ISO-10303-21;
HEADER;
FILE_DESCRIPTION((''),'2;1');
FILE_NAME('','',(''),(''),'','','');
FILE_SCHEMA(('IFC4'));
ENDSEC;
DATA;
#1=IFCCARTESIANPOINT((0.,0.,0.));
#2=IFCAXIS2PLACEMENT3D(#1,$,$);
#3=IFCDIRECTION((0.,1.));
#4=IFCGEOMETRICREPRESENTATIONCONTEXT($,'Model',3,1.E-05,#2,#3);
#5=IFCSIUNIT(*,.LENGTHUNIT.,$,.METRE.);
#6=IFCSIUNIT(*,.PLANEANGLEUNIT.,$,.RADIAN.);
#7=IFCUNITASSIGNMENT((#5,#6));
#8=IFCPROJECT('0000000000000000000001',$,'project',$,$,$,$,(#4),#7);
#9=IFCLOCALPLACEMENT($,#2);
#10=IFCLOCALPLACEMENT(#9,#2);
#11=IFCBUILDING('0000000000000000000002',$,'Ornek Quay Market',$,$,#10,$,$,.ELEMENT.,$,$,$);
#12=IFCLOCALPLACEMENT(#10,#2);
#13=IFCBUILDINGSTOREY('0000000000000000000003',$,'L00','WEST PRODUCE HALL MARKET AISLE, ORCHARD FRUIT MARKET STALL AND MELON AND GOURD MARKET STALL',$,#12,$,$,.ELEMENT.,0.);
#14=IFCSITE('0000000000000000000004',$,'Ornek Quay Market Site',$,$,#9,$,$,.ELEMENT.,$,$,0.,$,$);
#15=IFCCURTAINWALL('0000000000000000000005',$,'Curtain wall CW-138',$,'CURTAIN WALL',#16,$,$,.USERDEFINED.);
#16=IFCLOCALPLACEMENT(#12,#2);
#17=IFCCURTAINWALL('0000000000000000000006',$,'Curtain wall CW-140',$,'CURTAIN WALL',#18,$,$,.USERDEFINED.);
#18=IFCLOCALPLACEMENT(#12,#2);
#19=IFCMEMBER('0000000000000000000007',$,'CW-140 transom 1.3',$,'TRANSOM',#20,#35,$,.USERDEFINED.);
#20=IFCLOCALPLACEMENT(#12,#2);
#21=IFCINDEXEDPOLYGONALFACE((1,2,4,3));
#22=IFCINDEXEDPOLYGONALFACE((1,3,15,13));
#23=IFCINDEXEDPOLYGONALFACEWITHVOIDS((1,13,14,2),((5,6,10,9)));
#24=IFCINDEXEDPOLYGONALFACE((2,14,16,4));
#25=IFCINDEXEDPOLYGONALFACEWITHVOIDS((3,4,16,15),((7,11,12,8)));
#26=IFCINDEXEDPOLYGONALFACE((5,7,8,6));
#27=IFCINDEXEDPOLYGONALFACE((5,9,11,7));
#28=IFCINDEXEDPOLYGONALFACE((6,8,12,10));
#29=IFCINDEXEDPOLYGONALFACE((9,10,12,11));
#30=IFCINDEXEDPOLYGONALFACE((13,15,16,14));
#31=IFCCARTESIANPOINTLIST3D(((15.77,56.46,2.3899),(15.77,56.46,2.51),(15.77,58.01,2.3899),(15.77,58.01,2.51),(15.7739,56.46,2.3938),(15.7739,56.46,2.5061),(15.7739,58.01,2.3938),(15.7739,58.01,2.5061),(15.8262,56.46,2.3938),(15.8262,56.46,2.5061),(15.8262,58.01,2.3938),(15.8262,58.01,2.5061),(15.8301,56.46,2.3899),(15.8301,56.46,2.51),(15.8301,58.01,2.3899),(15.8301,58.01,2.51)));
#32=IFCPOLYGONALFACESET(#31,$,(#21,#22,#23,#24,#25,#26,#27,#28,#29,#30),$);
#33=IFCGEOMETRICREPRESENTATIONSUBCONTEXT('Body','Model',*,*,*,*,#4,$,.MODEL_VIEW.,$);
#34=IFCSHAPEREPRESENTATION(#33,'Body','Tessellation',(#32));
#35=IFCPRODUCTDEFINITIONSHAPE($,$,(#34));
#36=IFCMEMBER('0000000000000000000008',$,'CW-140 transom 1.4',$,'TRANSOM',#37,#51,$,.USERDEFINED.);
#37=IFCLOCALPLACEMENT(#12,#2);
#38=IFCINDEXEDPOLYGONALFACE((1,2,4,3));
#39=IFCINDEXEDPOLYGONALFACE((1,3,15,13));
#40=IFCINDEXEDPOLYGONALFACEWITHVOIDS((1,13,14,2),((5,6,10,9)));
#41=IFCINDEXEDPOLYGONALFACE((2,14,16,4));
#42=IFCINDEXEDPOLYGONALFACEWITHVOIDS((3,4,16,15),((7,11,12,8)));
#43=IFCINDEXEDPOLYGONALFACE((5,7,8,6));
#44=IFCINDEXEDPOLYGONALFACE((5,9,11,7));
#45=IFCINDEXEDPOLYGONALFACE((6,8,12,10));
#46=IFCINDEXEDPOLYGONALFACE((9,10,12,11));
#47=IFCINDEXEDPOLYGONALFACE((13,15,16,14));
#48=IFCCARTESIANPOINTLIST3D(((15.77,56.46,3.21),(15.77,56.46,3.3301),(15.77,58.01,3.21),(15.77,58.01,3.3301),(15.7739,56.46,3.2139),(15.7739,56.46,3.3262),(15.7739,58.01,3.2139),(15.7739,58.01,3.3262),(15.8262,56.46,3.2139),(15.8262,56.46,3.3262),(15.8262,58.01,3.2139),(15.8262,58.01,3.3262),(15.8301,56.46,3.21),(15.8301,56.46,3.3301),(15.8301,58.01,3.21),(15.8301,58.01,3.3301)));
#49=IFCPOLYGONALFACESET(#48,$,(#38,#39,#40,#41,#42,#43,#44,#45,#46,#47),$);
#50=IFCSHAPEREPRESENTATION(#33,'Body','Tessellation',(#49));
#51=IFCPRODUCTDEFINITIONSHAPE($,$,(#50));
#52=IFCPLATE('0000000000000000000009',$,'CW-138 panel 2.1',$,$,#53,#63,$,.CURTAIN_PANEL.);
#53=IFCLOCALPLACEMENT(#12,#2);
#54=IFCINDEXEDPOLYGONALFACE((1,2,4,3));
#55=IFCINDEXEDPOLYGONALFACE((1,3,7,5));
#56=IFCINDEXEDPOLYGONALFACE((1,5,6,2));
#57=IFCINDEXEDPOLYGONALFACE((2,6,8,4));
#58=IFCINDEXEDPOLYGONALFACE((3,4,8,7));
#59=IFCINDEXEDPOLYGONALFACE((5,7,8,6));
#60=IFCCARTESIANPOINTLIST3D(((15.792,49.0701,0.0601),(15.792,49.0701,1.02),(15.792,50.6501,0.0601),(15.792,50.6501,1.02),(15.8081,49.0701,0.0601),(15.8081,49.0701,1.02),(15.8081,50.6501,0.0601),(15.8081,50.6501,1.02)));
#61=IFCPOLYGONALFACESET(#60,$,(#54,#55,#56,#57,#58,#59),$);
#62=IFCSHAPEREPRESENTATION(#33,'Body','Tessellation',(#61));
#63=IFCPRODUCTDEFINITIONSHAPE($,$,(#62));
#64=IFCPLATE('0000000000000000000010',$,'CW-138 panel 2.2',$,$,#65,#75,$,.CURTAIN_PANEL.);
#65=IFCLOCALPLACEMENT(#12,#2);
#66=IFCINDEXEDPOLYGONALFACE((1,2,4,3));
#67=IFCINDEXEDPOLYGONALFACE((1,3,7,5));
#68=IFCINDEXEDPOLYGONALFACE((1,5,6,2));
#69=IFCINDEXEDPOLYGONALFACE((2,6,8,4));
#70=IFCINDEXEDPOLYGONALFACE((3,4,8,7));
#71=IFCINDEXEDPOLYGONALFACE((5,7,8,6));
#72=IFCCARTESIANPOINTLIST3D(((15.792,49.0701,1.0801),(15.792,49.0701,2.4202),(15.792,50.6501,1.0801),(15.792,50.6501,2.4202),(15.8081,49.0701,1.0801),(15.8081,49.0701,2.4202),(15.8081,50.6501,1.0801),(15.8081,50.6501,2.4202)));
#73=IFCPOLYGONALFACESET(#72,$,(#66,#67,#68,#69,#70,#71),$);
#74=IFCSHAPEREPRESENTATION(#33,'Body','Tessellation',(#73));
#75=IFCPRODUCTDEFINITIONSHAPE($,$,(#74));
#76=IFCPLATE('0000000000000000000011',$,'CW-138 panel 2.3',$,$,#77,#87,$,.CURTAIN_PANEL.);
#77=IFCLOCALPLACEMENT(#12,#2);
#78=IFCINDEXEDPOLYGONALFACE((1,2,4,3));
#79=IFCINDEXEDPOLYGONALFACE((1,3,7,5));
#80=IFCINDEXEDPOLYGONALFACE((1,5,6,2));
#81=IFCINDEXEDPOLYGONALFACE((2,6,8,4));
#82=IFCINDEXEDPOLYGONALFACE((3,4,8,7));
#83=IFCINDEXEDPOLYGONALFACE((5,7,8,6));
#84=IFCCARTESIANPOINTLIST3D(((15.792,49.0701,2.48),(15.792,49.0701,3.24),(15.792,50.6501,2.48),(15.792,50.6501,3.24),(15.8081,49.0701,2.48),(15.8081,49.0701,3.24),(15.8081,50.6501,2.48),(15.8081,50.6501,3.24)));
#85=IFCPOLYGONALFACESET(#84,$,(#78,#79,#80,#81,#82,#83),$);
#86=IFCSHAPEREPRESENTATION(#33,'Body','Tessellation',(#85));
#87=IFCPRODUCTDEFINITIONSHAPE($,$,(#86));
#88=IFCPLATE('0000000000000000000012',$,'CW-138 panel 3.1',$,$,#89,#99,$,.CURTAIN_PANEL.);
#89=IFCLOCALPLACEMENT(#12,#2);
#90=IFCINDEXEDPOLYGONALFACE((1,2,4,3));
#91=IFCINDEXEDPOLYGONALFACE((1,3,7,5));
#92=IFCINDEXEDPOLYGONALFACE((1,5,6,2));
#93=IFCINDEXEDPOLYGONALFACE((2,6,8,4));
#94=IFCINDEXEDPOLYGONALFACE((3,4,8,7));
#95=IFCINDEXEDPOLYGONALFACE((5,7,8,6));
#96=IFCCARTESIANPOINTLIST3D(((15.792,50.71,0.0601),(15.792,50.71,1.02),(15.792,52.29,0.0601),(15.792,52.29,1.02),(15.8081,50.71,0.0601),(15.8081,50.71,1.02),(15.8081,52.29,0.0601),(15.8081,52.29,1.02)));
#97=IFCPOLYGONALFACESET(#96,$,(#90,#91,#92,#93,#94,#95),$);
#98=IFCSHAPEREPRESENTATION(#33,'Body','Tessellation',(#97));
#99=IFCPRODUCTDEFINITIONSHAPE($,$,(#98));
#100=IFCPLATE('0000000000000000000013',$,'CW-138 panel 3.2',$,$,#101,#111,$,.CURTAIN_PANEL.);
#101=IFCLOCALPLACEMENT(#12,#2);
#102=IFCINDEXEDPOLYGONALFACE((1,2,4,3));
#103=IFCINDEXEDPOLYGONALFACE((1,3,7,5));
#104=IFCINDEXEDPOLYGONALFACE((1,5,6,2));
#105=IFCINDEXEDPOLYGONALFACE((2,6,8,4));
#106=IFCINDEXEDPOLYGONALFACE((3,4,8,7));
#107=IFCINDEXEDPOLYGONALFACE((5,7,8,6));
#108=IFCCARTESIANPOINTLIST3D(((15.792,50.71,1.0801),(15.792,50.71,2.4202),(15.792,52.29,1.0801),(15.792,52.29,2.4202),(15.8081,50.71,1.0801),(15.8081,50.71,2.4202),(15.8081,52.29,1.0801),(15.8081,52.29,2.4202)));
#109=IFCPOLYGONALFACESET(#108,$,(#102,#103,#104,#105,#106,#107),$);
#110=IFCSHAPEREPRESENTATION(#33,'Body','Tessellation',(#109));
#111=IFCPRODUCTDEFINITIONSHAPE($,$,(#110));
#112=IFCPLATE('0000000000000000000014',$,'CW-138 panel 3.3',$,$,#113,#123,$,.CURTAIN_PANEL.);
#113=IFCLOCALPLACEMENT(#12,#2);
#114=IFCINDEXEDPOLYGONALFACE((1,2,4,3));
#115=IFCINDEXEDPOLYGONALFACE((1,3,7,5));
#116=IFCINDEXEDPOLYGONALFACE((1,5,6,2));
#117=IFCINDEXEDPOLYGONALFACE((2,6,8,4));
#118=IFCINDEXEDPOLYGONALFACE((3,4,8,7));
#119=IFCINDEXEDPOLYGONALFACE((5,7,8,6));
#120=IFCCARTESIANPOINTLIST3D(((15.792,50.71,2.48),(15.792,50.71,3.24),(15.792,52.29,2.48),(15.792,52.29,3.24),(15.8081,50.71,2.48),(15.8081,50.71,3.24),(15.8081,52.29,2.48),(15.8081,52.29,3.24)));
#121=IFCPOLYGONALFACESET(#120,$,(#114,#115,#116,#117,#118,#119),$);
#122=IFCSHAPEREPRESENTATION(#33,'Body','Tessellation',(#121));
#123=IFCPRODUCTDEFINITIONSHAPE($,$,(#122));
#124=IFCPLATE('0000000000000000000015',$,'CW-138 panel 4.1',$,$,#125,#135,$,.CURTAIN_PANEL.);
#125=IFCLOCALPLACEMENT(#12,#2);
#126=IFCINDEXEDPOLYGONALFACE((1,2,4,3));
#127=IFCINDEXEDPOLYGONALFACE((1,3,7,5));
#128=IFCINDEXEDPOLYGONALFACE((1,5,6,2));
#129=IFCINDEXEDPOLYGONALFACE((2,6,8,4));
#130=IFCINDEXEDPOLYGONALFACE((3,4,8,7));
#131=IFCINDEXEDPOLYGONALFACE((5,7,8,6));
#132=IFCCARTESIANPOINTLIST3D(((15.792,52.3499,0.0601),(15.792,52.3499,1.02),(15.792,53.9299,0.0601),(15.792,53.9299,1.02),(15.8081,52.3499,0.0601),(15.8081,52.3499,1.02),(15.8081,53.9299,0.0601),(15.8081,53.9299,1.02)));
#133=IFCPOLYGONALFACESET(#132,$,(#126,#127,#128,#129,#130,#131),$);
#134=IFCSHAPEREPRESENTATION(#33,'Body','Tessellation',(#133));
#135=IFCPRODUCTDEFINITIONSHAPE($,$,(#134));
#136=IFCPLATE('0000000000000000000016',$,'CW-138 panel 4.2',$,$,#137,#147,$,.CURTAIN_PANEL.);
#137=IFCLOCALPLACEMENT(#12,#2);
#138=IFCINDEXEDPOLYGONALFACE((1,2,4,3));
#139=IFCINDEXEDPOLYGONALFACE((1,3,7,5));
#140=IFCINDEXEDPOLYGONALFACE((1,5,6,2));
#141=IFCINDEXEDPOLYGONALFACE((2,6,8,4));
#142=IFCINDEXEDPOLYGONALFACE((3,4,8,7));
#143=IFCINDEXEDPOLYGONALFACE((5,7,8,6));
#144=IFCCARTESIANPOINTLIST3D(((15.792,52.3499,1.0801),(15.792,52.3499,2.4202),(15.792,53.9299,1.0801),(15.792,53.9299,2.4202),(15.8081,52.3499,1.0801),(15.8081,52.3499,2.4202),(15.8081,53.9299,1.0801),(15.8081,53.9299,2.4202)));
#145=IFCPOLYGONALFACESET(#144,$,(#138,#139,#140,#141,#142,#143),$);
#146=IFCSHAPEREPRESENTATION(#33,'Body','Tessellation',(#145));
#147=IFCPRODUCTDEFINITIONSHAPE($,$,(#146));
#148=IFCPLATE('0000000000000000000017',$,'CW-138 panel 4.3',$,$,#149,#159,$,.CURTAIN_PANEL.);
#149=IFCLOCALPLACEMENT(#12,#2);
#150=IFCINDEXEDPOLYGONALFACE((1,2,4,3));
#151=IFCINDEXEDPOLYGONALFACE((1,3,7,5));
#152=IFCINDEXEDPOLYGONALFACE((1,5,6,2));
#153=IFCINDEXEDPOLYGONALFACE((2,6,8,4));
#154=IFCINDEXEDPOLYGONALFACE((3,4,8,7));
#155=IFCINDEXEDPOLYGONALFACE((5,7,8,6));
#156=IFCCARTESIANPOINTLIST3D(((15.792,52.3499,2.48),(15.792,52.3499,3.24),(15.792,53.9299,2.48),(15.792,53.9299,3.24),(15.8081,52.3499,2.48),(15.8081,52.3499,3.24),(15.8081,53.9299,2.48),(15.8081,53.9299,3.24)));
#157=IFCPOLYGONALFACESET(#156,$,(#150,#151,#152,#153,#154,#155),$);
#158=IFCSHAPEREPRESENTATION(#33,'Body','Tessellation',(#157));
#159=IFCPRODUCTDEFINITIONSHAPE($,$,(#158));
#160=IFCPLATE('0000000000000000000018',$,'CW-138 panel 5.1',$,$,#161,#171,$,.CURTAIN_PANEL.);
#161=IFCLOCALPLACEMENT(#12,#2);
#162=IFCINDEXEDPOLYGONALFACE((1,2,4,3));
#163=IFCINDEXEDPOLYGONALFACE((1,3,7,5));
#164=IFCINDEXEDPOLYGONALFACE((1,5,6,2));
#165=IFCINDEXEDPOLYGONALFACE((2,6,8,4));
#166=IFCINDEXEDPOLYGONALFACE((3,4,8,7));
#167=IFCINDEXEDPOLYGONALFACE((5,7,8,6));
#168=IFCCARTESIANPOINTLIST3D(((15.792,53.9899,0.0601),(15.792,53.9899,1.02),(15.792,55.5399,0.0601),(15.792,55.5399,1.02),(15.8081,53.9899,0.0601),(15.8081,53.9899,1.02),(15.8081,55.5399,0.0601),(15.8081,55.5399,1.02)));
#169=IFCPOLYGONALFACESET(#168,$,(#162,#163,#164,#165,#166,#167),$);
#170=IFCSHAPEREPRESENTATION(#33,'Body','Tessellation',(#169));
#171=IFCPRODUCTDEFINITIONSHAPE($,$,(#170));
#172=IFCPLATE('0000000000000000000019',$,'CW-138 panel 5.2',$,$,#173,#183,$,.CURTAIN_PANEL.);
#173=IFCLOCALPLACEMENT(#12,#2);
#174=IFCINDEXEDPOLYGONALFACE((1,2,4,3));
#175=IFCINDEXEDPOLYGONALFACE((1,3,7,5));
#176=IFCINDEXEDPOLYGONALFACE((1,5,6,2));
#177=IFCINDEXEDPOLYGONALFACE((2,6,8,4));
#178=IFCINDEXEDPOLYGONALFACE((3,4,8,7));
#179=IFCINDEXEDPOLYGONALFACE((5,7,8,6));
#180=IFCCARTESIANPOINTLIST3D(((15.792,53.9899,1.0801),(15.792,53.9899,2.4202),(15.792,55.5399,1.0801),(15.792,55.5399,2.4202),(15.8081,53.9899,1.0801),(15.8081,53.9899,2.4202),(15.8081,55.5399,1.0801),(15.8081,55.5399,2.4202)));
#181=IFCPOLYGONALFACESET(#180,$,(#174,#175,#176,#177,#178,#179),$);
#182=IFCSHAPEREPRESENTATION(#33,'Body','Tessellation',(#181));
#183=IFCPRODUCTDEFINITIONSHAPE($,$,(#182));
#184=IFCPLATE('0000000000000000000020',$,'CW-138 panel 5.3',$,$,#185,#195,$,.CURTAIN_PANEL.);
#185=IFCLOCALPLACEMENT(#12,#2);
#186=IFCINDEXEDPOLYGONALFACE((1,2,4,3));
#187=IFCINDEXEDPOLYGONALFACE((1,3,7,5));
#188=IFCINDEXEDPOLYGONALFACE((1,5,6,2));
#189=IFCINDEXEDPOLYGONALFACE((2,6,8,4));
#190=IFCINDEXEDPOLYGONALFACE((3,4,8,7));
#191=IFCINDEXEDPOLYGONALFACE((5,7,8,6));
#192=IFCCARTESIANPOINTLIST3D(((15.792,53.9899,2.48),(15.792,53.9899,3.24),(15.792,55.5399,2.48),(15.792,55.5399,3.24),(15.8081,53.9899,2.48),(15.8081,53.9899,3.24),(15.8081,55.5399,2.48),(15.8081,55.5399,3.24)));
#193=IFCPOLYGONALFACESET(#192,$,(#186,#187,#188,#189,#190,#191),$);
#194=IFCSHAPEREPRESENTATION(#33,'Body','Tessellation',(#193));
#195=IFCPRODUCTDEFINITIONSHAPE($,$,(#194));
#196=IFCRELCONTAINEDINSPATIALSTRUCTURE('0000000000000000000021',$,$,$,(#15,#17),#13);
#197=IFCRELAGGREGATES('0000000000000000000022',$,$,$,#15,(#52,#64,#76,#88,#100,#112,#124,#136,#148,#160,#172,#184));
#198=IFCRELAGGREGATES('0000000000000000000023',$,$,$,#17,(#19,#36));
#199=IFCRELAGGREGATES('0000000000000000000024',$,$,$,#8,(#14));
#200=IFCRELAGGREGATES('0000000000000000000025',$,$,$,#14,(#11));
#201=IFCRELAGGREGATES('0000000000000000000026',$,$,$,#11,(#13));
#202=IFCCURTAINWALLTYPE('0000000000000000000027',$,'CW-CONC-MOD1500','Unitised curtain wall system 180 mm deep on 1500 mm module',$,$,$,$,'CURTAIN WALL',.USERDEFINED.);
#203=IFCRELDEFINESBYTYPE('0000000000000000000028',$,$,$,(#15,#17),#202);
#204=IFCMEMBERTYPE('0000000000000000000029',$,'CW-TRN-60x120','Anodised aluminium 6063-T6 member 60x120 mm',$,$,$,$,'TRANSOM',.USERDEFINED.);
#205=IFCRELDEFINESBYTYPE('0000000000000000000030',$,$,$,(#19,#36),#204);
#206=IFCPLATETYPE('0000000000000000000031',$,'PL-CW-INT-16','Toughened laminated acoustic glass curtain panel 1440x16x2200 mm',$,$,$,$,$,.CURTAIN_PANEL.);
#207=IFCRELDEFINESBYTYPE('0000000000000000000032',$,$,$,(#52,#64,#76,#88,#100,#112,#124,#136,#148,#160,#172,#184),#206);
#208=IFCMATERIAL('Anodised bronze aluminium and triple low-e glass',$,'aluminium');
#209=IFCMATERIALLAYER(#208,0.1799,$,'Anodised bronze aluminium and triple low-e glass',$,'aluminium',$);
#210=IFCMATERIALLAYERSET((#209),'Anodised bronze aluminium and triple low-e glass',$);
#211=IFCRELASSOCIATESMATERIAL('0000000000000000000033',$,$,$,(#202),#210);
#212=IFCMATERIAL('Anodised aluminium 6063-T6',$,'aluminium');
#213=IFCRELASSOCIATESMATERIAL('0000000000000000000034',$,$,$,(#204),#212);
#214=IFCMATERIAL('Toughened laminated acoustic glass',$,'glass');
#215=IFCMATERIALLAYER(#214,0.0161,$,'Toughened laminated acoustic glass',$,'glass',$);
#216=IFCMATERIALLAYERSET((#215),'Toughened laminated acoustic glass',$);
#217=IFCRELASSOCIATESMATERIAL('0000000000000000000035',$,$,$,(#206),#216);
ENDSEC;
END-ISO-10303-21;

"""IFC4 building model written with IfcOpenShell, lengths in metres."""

from ifc_helpers import new_model, si_unit, direction, frame, origin, origin_2d, place, context, subcontext, project, spatial, rectangle, hollow_rectangle, extrude, material, layer, layer_set, material_profile, profile_set, type_object, element, aggregate, save


model = new_model("IFC4")

# Units and contexts
model_context = context("Model", 3, precision=1e-05, world=origin(), true_north=direction((0.0, 1.0)))
body_context = subcontext(model_context, "Body", "Model", "MODEL_VIEW")
ifc_project = project(units=[si_unit("LENGTHUNIT", "METRE"), si_unit("PLANEANGLEUNIT", "RADIAN")], contexts=[model_context])

# Site, building, storey
site_placement = place(None, origin())
site = spatial("IfcSite", under=ifc_project, at=site_placement, Name="Ornek Quay Market Site", CompositionType="ELEMENT", RefElevation=0.0)
building_placement = place(site_placement, origin())
building = spatial("IfcBuilding", under=site, at=building_placement, Name="Ornek Quay Market", CompositionType="ELEMENT")
storey_placement = place(building_placement, origin())
storey = spatial("IfcBuildingStorey", under=building, at=storey_placement, Name="L00", Description="WEST PRODUCE HALL MARKET AISLE, ORCHARD FRUIT MARKET STALL AND MELON AND GOURD MARKET STALL", CompositionType="ELEMENT", Elevation=0.0)

# Curtain walls
ifc_material_1 = material(Name="Anodised bronze aluminium and triple low-e glass", Category="aluminium")
ifc_layer_1 = layer(ifc_material_1, 0.1799, Name="Anodised bronze aluminium and triple low-e glass", Category="aluminium")
ifc_layer_set_1 = layer_set([ifc_layer_1], Name="Anodised bronze aluminium and triple low-e glass")
curtain_wall_type = type_object("IfcCurtainWallType", Name="CW-CONC-MOD1500", Description="Unitised curtain wall system 180 mm deep on 1500 mm module", ElementType="CURTAIN WALL", PredefinedType="USERDEFINED", material=ifc_layer_set_1)
curtain_wall_1_placement = place(storey_placement, origin())
curtain_wall_1 = element("IfcCurtainWall", 1, at=curtain_wall_1_placement, inside=storey, type_object=curtain_wall_type, Name="Curtain wall CW-138", ObjectType="CURTAIN WALL", PredefinedType="USERDEFINED")
ifc_material_2 = material(Name="Anodised aluminium 6063-T6", Category="aluminium")
curtain_wall_2_placement = place(storey_placement, origin())
curtain_wall_2 = element("IfcCurtainWall", 2, at=curtain_wall_2_placement, inside=storey, type_object=curtain_wall_type, Name="Curtain wall CW-140", ObjectType="CURTAIN WALL", PredefinedType="USERDEFINED")

# Members
ifc_material_profile_1 = material_profile(ifc_material_2, hollow_rectangle(XDim=0.0601, YDim=0.1201, WallThickness=0.0039, at=origin_2d()), Name="CW-TRN-60x120", Category="aluminium")
ifc_profile_set_1 = profile_set([ifc_material_profile_1], Name="Anodised aluminium 6063-T6")
member_type_1 = type_object("IfcMemberType", Name="CW-TRN-60x120", Description="Anodised aluminium 6063-T6 member 60x120 mm", ElementType="TRANSOM", PredefinedType="USERDEFINED", material=ifc_profile_set_1)
member_1_placement = place(storey_placement, frame((15.8, 56.46, 2.45), z_axis=(0.0, 1.0, 0.0), x_axis=(-1.0, 0.0, 0.0)))
member_1 = element("IfcMember", 3, at=member_1_placement, type_object=member_type_1, Name="CW-140 transom 1.3", ObjectType="TRANSOM", PredefinedType="USERDEFINED", context=body_context, shape_type="SweptSolid", body=[
    extrude(hollow_rectangle(XDim=0.0601, YDim=0.1201, WallThickness=0.0039, at=origin_2d()), origin(), (0.0, 0.0, 1.0), 1.55),
])
member_2_placement = place(storey_placement, frame((15.8, 56.46, 3.27), z_axis=(0.0, 1.0, 0.0), x_axis=(-1.0, 0.0, 0.0)))
member_2 = element("IfcMember", 4, at=member_2_placement, type_object=member_type_1, Name="CW-140 transom 1.4", ObjectType="TRANSOM", PredefinedType="USERDEFINED", context=body_context, shape_type="SweptSolid", body=[
    extrude(hollow_rectangle(XDim=0.0601, YDim=0.1201, WallThickness=0.0039, at=origin_2d()), origin(), (0.0, 0.0, 1.0), 1.55),
])

# Plates
ifc_material_3 = material(Name="Toughened laminated acoustic glass", Category="glass")
ifc_layer_2 = layer(ifc_material_3, 0.0161, Name="Toughened laminated acoustic glass", Category="glass")
ifc_layer_set_2 = layer_set([ifc_layer_2], Name="Toughened laminated acoustic glass")
plate_type = type_object("IfcPlateType", Name="PL-CW-INT-16", Description="Toughened laminated acoustic glass curtain panel 1440x16x2200 mm", PredefinedType="CURTAIN_PANEL", material=ifc_layer_set_2)
plate_1_placement = place(storey_placement, frame((15.8, 49.8601, 0.0601), z_axis=(0.0, 0.0, 1.0), x_axis=(0.0, 1.0, 0.0)))
plate_1 = element("IfcPlate", 5, at=plate_1_placement, type_object=plate_type, Name="CW-138 panel 2.1", PredefinedType="CURTAIN_PANEL", context=body_context, shape_type="SweptSolid", body=[
    extrude(rectangle(XDim=1.5801, YDim=0.0161, at=origin_2d()), origin(), (0.0, 0.0, 1.0), 0.96),
])
plate_2_placement = place(storey_placement, frame((15.8, 49.8601, 1.0801), z_axis=(0.0, 0.0, 1.0), x_axis=(0.0, 1.0, 0.0)))
plate_2 = element("IfcPlate", 6, at=plate_2_placement, type_object=plate_type, Name="CW-138 panel 2.2", PredefinedType="CURTAIN_PANEL", context=body_context, shape_type="SweptSolid", body=[
    extrude(rectangle(XDim=1.5801, YDim=0.0161, at=origin_2d()), origin(), (0.0, 0.0, 1.0), 1.3401),
])
plate_3_placement = place(storey_placement, frame((15.8, 49.8601, 2.48), z_axis=(0.0, 0.0, 1.0), x_axis=(0.0, 1.0, 0.0)))
plate_3 = element("IfcPlate", 7, at=plate_3_placement, type_object=plate_type, Name="CW-138 panel 2.3", PredefinedType="CURTAIN_PANEL", context=body_context, shape_type="SweptSolid", body=[
    extrude(rectangle(XDim=1.5801, YDim=0.0161, at=origin_2d()), origin(), (0.0, 0.0, 1.0), 0.76),
])
plate_4_placement = place(storey_placement, frame((15.8, 51.5, 0.0601), z_axis=(0.0, 0.0, 1.0), x_axis=(0.0, 1.0, 0.0)))
plate_4 = element("IfcPlate", 8, at=plate_4_placement, type_object=plate_type, Name="CW-138 panel 3.1", PredefinedType="CURTAIN_PANEL", context=body_context, shape_type="SweptSolid", body=[
    extrude(rectangle(XDim=1.5801, YDim=0.0161, at=origin_2d()), origin(), (0.0, 0.0, 1.0), 0.96),
])
plate_5_placement = place(storey_placement, frame((15.8, 51.5, 1.0801), z_axis=(0.0, 0.0, 1.0), x_axis=(0.0, 1.0, 0.0)))
plate_5 = element("IfcPlate", 9, at=plate_5_placement, type_object=plate_type, Name="CW-138 panel 3.2", PredefinedType="CURTAIN_PANEL", context=body_context, shape_type="SweptSolid", body=[
    extrude(rectangle(XDim=1.5801, YDim=0.0161, at=origin_2d()), origin(), (0.0, 0.0, 1.0), 1.3401),
])
plate_6_placement = place(storey_placement, frame((15.8, 51.5, 2.48), z_axis=(0.0, 0.0, 1.0), x_axis=(0.0, 1.0, 0.0)))
plate_6 = element("IfcPlate", 10, at=plate_6_placement, type_object=plate_type, Name="CW-138 panel 3.3", PredefinedType="CURTAIN_PANEL", context=body_context, shape_type="SweptSolid", body=[
    extrude(rectangle(XDim=1.5801, YDim=0.0161, at=origin_2d()), origin(), (0.0, 0.0, 1.0), 0.76),
])
plate_7_placement = place(storey_placement, frame((15.8, 53.1399, 0.0601), z_axis=(0.0, 0.0, 1.0), x_axis=(0.0, 1.0, 0.0)))
plate_7 = element("IfcPlate", 11, at=plate_7_placement, type_object=plate_type, Name="CW-138 panel 4.1", PredefinedType="CURTAIN_PANEL", context=body_context, shape_type="SweptSolid", body=[
    extrude(rectangle(XDim=1.5801, YDim=0.0161, at=origin_2d()), origin(), (0.0, 0.0, 1.0), 0.96),
])
plate_8_placement = place(storey_placement, frame((15.8, 53.1399, 1.0801), z_axis=(0.0, 0.0, 1.0), x_axis=(0.0, 1.0, 0.0)))
plate_8 = element("IfcPlate", 12, at=plate_8_placement, type_object=plate_type, Name="CW-138 panel 4.2", PredefinedType="CURTAIN_PANEL", context=body_context, shape_type="SweptSolid", body=[
    extrude(rectangle(XDim=1.5801, YDim=0.0161, at=origin_2d()), origin(), (0.0, 0.0, 1.0), 1.3401),
])
plate_9_placement = place(storey_placement, frame((15.8, 53.1399, 2.48), z_axis=(0.0, 0.0, 1.0), x_axis=(0.0, 1.0, 0.0)))
plate_9 = element("IfcPlate", 13, at=plate_9_placement, type_object=plate_type, Name="CW-138 panel 4.3", PredefinedType="CURTAIN_PANEL", context=body_context, shape_type="SweptSolid", body=[
    extrude(rectangle(XDim=1.5801, YDim=0.0161, at=origin_2d()), origin(), (0.0, 0.0, 1.0), 0.76),
])
plate_10_placement = place(storey_placement, frame((15.8, 54.7649, 0.0601), z_axis=(0.0, 0.0, 1.0), x_axis=(0.0, 1.0, 0.0)))
plate_10 = element("IfcPlate", 14, at=plate_10_placement, type_object=plate_type, Name="CW-138 panel 5.1", PredefinedType="CURTAIN_PANEL", context=body_context, shape_type="SweptSolid", body=[
    extrude(rectangle(XDim=1.55, YDim=0.0161, at=origin_2d()), origin(), (0.0, 0.0, 1.0), 0.96),
])
plate_11_placement = place(storey_placement, frame((15.8, 54.7649, 1.0801), z_axis=(0.0, 0.0, 1.0), x_axis=(0.0, 1.0, 0.0)))
plate_11 = element("IfcPlate", 15, at=plate_11_placement, type_object=plate_type, Name="CW-138 panel 5.2", PredefinedType="CURTAIN_PANEL", context=body_context, shape_type="SweptSolid", body=[
    extrude(rectangle(XDim=1.55, YDim=0.0161, at=origin_2d()), origin(), (0.0, 0.0, 1.0), 1.3401),
])
plate_12_placement = place(storey_placement, frame((15.8, 54.7649, 2.48), z_axis=(0.0, 0.0, 1.0), x_axis=(0.0, 1.0, 0.0)))
plate_12 = element("IfcPlate", 16, at=plate_12_placement, type_object=plate_type, Name="CW-138 panel 5.3", PredefinedType="CURTAIN_PANEL", context=body_context, shape_type="SweptSolid", body=[
    extrude(rectangle(XDim=1.55, YDim=0.0161, at=origin_2d()), origin(), (0.0, 0.0, 1.0), 0.76),
])
aggregate(curtain_wall_1, [plate_1, plate_2, plate_3, plate_4, plate_5, plate_6, plate_7, plate_8, plate_9, plate_10, plate_11, plate_12])
aggregate(curtain_wall_2, [member_1, member_2])

save(model, "model.ifc")
